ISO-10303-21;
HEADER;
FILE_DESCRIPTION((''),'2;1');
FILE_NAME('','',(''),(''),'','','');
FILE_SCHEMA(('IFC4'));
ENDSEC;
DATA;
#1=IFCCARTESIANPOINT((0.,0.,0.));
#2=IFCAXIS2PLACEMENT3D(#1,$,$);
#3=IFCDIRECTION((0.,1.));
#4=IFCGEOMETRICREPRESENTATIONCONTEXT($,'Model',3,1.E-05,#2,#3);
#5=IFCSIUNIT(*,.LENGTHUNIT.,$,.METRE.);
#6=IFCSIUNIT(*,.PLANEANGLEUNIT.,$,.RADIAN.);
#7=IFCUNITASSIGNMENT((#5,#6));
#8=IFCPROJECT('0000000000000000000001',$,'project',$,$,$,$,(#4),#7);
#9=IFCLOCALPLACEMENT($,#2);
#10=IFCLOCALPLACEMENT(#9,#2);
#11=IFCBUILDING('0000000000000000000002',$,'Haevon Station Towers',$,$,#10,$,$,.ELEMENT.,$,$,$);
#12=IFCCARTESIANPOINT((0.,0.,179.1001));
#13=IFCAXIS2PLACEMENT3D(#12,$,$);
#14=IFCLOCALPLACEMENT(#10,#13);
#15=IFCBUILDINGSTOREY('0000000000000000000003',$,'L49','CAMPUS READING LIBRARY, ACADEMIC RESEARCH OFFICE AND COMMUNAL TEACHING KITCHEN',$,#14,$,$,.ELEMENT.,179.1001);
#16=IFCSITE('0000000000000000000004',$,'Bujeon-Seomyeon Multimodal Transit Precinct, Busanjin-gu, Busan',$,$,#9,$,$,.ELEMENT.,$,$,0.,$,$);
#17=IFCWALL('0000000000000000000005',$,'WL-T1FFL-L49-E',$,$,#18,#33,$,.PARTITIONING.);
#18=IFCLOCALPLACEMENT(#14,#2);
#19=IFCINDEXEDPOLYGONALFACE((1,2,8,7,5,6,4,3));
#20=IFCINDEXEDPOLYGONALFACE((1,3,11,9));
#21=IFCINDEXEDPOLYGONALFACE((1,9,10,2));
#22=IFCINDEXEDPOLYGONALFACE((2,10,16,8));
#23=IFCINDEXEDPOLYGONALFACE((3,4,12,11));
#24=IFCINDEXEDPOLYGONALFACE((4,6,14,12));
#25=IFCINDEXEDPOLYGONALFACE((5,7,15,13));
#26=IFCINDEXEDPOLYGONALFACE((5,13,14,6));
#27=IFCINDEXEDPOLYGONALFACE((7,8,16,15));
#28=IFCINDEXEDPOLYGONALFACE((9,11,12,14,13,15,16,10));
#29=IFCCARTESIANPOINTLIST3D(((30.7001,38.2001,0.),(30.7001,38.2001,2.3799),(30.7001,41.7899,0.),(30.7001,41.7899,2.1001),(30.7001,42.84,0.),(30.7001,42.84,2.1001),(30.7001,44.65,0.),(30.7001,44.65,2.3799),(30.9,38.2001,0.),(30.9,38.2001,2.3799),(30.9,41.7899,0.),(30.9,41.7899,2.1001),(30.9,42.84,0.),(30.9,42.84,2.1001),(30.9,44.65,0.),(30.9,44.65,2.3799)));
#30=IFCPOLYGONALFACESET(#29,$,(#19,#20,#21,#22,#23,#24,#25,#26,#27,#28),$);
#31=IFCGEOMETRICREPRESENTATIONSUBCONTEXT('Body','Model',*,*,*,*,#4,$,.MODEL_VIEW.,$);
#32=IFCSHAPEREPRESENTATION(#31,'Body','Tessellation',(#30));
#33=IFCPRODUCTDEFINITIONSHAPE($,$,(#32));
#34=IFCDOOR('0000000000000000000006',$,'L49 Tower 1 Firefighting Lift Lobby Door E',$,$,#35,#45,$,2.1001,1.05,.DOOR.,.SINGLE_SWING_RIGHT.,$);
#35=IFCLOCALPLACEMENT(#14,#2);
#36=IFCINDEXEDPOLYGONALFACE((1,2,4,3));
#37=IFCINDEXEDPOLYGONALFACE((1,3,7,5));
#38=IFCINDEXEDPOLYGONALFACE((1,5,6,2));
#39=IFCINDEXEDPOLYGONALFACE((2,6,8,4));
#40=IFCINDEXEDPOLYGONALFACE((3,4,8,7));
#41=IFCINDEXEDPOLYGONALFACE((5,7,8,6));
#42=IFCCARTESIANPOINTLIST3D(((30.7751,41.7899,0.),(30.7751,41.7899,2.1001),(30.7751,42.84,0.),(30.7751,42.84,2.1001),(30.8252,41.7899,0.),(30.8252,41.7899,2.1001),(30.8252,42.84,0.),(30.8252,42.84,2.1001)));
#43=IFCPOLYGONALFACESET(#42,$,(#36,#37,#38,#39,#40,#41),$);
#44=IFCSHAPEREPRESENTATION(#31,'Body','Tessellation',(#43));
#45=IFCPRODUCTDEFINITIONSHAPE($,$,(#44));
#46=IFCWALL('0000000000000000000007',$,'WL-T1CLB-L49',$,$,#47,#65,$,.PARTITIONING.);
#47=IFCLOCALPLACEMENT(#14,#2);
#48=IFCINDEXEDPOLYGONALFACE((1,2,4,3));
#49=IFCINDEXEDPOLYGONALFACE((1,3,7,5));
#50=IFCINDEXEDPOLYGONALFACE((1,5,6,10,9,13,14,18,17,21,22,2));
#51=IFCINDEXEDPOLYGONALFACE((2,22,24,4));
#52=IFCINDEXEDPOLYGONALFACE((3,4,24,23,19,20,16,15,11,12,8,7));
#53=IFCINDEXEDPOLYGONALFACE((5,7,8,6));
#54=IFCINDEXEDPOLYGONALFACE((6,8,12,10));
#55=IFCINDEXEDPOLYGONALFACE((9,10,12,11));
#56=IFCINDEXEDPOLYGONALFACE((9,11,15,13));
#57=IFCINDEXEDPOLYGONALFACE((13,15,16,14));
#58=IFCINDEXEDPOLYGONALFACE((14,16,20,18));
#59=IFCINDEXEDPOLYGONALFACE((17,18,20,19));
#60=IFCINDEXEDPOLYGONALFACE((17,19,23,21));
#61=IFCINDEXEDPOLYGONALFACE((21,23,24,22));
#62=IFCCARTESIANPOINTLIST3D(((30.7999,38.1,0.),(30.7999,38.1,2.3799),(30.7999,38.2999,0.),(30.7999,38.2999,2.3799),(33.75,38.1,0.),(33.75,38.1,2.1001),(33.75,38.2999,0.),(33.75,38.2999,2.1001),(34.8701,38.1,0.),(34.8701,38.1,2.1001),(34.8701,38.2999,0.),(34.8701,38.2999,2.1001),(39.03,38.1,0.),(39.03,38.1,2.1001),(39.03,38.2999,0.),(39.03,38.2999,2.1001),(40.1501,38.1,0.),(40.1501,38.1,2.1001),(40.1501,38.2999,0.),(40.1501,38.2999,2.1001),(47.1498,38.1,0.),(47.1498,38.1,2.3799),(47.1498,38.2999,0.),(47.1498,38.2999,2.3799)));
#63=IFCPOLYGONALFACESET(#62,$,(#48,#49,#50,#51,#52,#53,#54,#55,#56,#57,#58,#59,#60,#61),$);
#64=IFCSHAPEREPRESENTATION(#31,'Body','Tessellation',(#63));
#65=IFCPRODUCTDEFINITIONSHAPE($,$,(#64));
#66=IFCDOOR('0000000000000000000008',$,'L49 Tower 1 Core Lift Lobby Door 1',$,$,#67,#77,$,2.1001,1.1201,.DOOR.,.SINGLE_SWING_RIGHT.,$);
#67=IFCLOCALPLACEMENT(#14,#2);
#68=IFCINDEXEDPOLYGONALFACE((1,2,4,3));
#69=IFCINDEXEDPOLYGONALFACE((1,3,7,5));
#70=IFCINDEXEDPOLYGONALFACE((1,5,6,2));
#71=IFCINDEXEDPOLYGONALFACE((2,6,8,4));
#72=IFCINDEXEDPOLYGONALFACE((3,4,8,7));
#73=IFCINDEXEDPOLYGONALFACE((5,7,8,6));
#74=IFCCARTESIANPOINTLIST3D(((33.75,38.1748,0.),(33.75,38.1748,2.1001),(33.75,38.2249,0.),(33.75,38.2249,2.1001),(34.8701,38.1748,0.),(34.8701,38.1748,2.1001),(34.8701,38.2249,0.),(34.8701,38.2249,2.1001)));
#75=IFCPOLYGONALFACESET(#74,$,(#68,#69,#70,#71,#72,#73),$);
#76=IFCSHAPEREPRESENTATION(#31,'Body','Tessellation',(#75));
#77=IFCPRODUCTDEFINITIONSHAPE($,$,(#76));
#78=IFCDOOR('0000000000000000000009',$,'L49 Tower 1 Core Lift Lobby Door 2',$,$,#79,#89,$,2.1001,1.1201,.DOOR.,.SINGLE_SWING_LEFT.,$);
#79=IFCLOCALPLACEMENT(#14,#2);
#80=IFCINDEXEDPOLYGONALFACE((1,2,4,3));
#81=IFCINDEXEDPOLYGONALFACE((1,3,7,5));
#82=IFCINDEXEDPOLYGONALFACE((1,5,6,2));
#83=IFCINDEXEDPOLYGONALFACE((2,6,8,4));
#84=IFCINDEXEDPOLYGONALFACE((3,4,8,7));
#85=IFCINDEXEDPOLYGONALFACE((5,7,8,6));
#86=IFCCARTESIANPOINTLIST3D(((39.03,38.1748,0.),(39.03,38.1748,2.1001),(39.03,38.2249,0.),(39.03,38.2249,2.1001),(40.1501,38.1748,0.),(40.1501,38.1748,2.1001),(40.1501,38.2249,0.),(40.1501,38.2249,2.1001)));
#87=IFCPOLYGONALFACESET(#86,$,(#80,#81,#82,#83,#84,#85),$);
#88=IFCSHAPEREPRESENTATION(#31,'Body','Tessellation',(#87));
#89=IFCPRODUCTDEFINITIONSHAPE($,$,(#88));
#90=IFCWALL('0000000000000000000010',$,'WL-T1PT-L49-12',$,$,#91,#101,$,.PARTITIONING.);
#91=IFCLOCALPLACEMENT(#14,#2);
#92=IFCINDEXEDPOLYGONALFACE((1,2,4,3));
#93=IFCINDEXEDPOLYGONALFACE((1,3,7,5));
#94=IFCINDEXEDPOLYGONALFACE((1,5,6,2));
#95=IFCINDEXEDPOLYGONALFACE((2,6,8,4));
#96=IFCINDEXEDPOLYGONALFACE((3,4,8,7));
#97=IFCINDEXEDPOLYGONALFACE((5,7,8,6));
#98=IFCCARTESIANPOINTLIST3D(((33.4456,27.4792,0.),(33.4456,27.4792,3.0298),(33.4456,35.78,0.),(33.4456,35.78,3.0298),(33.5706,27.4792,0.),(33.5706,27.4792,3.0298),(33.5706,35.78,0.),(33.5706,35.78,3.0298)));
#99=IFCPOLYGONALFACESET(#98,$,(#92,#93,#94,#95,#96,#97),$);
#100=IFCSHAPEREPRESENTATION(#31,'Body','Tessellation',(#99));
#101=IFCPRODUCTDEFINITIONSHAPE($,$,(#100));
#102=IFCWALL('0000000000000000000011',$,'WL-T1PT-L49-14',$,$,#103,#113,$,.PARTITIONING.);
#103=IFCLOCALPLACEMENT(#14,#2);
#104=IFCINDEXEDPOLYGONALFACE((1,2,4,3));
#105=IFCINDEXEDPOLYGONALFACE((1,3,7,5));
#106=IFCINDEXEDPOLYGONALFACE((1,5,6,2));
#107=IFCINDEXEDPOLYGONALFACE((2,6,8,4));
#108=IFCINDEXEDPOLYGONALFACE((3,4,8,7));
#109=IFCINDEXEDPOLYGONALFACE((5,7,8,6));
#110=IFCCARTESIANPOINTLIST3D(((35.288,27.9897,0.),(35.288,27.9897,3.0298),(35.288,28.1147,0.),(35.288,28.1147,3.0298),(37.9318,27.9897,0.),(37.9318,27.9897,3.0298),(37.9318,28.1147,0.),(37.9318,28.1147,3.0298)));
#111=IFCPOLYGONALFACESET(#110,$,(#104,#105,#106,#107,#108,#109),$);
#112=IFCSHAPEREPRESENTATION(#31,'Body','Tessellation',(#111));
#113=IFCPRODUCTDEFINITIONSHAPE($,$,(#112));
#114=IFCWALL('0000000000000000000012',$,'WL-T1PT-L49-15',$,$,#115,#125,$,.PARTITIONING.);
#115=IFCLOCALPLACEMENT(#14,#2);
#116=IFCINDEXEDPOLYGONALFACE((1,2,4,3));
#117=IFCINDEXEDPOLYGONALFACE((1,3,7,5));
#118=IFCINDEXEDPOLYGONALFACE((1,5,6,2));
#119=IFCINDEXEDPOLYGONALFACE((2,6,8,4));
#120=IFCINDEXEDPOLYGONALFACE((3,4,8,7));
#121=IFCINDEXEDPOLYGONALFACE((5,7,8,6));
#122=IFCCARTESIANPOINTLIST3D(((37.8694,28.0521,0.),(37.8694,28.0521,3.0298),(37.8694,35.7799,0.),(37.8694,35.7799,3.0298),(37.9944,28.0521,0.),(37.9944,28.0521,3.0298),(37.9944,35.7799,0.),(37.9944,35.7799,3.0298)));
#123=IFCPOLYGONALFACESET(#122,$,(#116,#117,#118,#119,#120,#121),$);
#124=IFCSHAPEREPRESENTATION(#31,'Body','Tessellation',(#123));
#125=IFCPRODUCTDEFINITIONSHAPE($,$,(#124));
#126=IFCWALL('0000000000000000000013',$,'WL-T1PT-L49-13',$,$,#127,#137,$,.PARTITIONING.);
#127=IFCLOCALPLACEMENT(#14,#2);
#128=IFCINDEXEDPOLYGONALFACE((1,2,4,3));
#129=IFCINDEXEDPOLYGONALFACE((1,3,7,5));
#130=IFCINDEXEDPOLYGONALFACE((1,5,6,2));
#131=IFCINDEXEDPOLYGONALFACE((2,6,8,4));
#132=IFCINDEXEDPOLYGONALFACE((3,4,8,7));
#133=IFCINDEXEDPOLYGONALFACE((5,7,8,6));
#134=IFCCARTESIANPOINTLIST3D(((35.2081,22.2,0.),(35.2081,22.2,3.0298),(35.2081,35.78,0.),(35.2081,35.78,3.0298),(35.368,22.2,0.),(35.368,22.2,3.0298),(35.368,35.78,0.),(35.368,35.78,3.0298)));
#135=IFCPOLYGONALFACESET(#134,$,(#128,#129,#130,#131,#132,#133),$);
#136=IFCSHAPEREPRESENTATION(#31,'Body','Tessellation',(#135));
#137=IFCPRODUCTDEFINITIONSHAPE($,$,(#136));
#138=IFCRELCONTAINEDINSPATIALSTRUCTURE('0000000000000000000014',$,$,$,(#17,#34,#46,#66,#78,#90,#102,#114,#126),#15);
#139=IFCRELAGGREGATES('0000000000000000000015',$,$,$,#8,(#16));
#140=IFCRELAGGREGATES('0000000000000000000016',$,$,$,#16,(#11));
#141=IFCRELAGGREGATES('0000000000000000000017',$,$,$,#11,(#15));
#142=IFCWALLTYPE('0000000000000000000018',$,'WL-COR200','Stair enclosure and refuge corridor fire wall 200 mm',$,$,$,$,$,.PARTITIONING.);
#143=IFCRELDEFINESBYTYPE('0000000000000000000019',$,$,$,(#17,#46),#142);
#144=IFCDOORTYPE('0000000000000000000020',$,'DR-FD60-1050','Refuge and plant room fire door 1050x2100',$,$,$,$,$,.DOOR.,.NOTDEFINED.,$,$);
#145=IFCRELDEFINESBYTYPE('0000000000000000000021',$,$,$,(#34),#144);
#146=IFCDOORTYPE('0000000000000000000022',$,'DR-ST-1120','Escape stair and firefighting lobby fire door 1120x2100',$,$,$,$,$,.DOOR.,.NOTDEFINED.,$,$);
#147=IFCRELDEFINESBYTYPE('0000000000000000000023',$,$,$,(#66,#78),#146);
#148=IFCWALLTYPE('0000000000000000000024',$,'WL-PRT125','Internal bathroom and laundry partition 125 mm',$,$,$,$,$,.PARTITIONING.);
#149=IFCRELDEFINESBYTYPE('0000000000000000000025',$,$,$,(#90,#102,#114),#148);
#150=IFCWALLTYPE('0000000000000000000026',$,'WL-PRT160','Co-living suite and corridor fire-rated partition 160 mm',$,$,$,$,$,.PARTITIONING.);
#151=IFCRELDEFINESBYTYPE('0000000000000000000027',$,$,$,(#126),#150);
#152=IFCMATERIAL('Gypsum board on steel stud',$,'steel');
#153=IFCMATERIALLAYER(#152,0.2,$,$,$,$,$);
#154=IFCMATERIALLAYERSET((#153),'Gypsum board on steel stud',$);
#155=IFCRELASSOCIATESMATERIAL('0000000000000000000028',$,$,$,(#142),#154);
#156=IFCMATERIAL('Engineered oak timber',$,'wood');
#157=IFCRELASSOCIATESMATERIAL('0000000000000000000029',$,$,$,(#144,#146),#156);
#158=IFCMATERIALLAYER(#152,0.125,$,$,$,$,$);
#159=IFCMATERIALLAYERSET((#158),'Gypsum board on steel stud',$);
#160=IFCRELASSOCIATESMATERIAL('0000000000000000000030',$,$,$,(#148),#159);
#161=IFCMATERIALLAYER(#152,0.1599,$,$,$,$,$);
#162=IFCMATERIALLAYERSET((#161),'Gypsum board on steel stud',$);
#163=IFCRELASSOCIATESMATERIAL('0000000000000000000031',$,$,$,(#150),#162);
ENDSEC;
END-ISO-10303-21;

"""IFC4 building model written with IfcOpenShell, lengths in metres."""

from ifc_helpers import new_model, si_unit, direction, frame, frame_2d, origin, place, context, subcontext, project, spatial, rectangle, extrude, material, layer, layer_set, type_object, element, fill, save


model = new_model("IFC4")

# Units and contexts
model_context = context("Model", 3, precision=1e-05, world=origin(), true_north=direction((0.0, 1.0)))
body_context = subcontext(model_context, "Body", "Model", "MODEL_VIEW")
ifc_project = project(units=[si_unit("LENGTHUNIT", "METRE"), si_unit("PLANEANGLEUNIT", "RADIAN")], contexts=[model_context])

# Site, building, storey
site_placement = place(None, origin())
site = spatial("IfcSite", under=ifc_project, at=site_placement, Name="Bujeon-Seomyeon Multimodal Transit Precinct, Busanjin-gu, Busan", CompositionType="ELEMENT", RefElevation=0.0)
building_placement = place(site_placement, origin())
building = spatial("IfcBuilding", under=site, at=building_placement, Name="Haevon Station Towers", CompositionType="ELEMENT")
storey_placement = place(building_placement, frame((0.0, 0.0, 179.1001)))
storey = spatial("IfcBuildingStorey", under=building, at=storey_placement, Name="L49", Description="CAMPUS READING LIBRARY, ACADEMIC RESEARCH OFFICE AND COMMUNAL TEACHING KITCHEN", CompositionType="ELEMENT", Elevation=179.1001)

# Wall, opening, door
ifc_material_1 = material(Name="Gypsum board on steel stud", Category="steel")
ifc_layer_1 = layer(ifc_material_1, 0.2)
ifc_layer_set_1 = layer_set([ifc_layer_1], Name="Gypsum board on steel stud")
wall_type_1 = type_object("IfcWallType", Name="WL-COR200", Description="Stair enclosure and refuge corridor fire wall 200 mm", PredefinedType="PARTITIONING", material=ifc_layer_set_1)
wall_1_placement = place(storey_placement, frame((30.8, 38.2, 0.0), z_axis=(0.0, 0.0, 1.0), x_axis=(0.0, 1.0, 0.0)))
wall_1 = element("IfcWall", 1, at=wall_1_placement, inside=storey, type_object=wall_type_1, Name="WL-T1FFL-L49-E", PredefinedType="PARTITIONING", context=body_context, shape_type="SweptSolid", body=[
    extrude(rectangle(XDim=6.45, YDim=0.2, at=frame_2d((3.2251, 0.0))), origin(), (0.0, 0.0, 1.0), 2.3799),
])
opening_1_placement = place(wall_1_placement, frame((3.5901, 0.0, 0.0)))
opening_1 = element("IfcOpeningElement", 2, at=opening_1_placement, cuts=wall_1, PredefinedType="OPENING", context=body_context, shape_type="SweptSolid", body=[
    extrude(rectangle(XDim=1.05, YDim=2.1001, at=frame_2d((0.5249, 1.05))), frame((0.0, 0.1099, 0.0), z_axis=(0.0, -1.0, 0.0), x_axis=(1.0, 0.0, 0.0)), (0.0, 0.0, 1.0), 0.22),
])
ifc_material_2 = material(Name="Engineered oak timber", Category="wood")
door_type_1 = type_object("IfcDoorType", Name="DR-FD60-1050", Description="Refuge and plant room fire door 1050x2100", OperationType="NOTDEFINED", PredefinedType="DOOR", material=ifc_material_2)
door_1_placement = place(opening_1_placement, origin())
door_1 = element("IfcDoor", 3, at=door_1_placement, inside=storey, type_object=door_type_1, Name="L49 Tower 1 Firefighting Lift Lobby Door E", OperationType="SINGLE_SWING_RIGHT", OverallHeight=2.1001, OverallWidth=1.05, PredefinedType="DOOR", context=body_context, shape_type="SweptSolid", body=[
    extrude(rectangle(XDim=1.05, YDim=2.1001, at=frame_2d((0.5249, 1.05))), frame((0.0, 0.0249, 0.0), z_axis=(0.0, -1.0, 0.0), x_axis=(1.0, 0.0, 0.0)), (0.0, 0.0, 1.0), 0.05),
])
fill(opening_1, door_1)

# Wall, openings, doors
wall_2_placement = place(storey_placement, frame((30.8, 38.2, 0.0), z_axis=(0.0, 0.0, 1.0), x_axis=(1.0, 0.0, 0.0)))
wall_2 = element("IfcWall", 4, at=wall_2_placement, inside=storey, type_object=wall_type_1, Name="WL-T1CLB-L49", PredefinedType="PARTITIONING", context=body_context, shape_type="SweptSolid", body=[
    extrude(rectangle(XDim=16.3499, YDim=0.2, at=frame_2d((8.1748, 0.0))), origin(), (0.0, 0.0, 1.0), 2.3799),
])
opening_2_placement = place(wall_2_placement, frame((2.95, 0.0, 0.0)))
opening_2 = element("IfcOpeningElement", 5, at=opening_2_placement, cuts=wall_2, PredefinedType="OPENING", context=body_context, shape_type="SweptSolid", body=[
    extrude(rectangle(XDim=1.1201, YDim=2.1001, at=frame_2d((0.5601, 1.05))), frame((0.0, 0.1099, 0.0), z_axis=(0.0, -1.0, 0.0), x_axis=(1.0, 0.0, 0.0)), (0.0, 0.0, 1.0), 0.22),
])
opening_3_placement = place(wall_2_placement, frame((8.23, 0.0, 0.0)))
opening_3 = element("IfcOpeningElement", 6, at=opening_3_placement, cuts=wall_2, PredefinedType="OPENING", context=body_context, shape_type="SweptSolid", body=[
    extrude(rectangle(XDim=1.1201, YDim=2.1001, at=frame_2d((0.5601, 1.05))), frame((0.0, 0.1099, 0.0), z_axis=(0.0, -1.0, 0.0), x_axis=(1.0, 0.0, 0.0)), (0.0, 0.0, 1.0), 0.22),
])
door_type_2 = type_object("IfcDoorType", Name="DR-ST-1120", Description="Escape stair and firefighting lobby fire door 1120x2100", OperationType="NOTDEFINED", PredefinedType="DOOR", material=ifc_material_2)
door_2_placement = place(opening_2_placement, origin())
door_2 = element("IfcDoor", 7, at=door_2_placement, inside=storey, type_object=door_type_2, Name="L49 Tower 1 Core Lift Lobby Door 1", OperationType="SINGLE_SWING_RIGHT", OverallHeight=2.1001, OverallWidth=1.1201, PredefinedType="DOOR", context=body_context, shape_type="SweptSolid", body=[
    extrude(rectangle(XDim=1.1201, YDim=2.1001, at=frame_2d((0.5601, 1.05))), frame((0.0, 0.0249, 0.0), z_axis=(0.0, -1.0, 0.0), x_axis=(1.0, 0.0, 0.0)), (0.0, 0.0, 1.0), 0.05),
])
fill(opening_2, door_2)
door_3_placement = place(opening_3_placement, origin())
door_3 = element("IfcDoor", 8, at=door_3_placement, inside=storey, type_object=door_type_2, Name="L49 Tower 1 Core Lift Lobby Door 2", OperationType="SINGLE_SWING_LEFT", OverallHeight=2.1001, OverallWidth=1.1201, PredefinedType="DOOR", context=body_context, shape_type="SweptSolid", body=[
    extrude(rectangle(XDim=1.1201, YDim=2.1001, at=frame_2d((0.5601, 1.05))), frame((0.0, 0.0249, 0.0), z_axis=(0.0, -1.0, 0.0), x_axis=(1.0, 0.0, 0.0)), (0.0, 0.0, 1.0), 0.05),
])
fill(opening_3, door_3)

# Walls
ifc_layer_2 = layer(ifc_material_1, 0.125)
ifc_layer_set_2 = layer_set([ifc_layer_2], Name="Gypsum board on steel stud")
wall_type_2 = type_object("IfcWallType", Name="WL-PRT125", Description="Internal bathroom and laundry partition 125 mm", PredefinedType="PARTITIONING", material=ifc_layer_set_2)
wall_3_placement = place(storey_placement, frame((33.5081, 27.4792, 0.0), z_axis=(0.0, 0.0, 1.0), x_axis=(0.0, 1.0, 0.0)))
element("IfcWall", 9, at=wall_3_placement, inside=storey, type_object=wall_type_2, Name="WL-T1PT-L49-12", PredefinedType="PARTITIONING", context=body_context, shape_type="SweptSolid", body=[
    extrude(rectangle(XDim=8.3008, YDim=0.125, at=frame_2d((4.1504, 0.0))), origin(), (0.0, 0.0, 1.0), 3.0298),
])
wall_4_placement = place(storey_placement, frame((35.2881, 28.0522, 0.0), z_axis=(0.0, 0.0, 1.0), x_axis=(1.0, 0.0, 0.0)))
element("IfcWall", 10, at=wall_4_placement, inside=storey, type_object=wall_type_2, Name="WL-T1PT-L49-14", PredefinedType="PARTITIONING", context=body_context, shape_type="SweptSolid", body=[
    extrude(rectangle(XDim=2.6438, YDim=0.125, at=frame_2d((1.3218, 0.0))), origin(), (0.0, 0.0, 1.0), 3.0298),
])
wall_5_placement = place(storey_placement, frame((37.9319, 28.0522, 0.0), z_axis=(0.0, 0.0, 1.0), x_axis=(0.0, 1.0, 0.0)))
element("IfcWall", 11, at=wall_5_placement, inside=storey, type_object=wall_type_2, Name="WL-T1PT-L49-15", PredefinedType="PARTITIONING", context=body_context, shape_type="SweptSolid", body=[
    extrude(rectangle(XDim=7.7278, YDim=0.125, at=frame_2d((3.8638, 0.0))), origin(), (0.0, 0.0, 1.0), 3.0298),
])
ifc_layer_3 = layer(ifc_material_1, 0.1599)
ifc_layer_set_3 = layer_set([ifc_layer_3], Name="Gypsum board on steel stud")
wall_type_3 = type_object("IfcWallType", Name="WL-PRT160", Description="Co-living suite and corridor fire-rated partition 160 mm", PredefinedType="PARTITIONING", material=ifc_layer_set_3)
wall_6_placement = place(storey_placement, frame((35.2881, 22.2, 0.0), z_axis=(0.0, 0.0, 1.0), x_axis=(0.0, 1.0, 0.0)))
element("IfcWall", 12, at=wall_6_placement, inside=storey, type_object=wall_type_3, Name="WL-T1PT-L49-13", PredefinedType="PARTITIONING", context=body_context, shape_type="SweptSolid", body=[
    extrude(rectangle(XDim=13.5801, YDim=0.1599, at=frame_2d((6.79, 0.0))), origin(), (0.0, 0.0, 1.0), 3.0298),
])

save(model, "model.ifc")
